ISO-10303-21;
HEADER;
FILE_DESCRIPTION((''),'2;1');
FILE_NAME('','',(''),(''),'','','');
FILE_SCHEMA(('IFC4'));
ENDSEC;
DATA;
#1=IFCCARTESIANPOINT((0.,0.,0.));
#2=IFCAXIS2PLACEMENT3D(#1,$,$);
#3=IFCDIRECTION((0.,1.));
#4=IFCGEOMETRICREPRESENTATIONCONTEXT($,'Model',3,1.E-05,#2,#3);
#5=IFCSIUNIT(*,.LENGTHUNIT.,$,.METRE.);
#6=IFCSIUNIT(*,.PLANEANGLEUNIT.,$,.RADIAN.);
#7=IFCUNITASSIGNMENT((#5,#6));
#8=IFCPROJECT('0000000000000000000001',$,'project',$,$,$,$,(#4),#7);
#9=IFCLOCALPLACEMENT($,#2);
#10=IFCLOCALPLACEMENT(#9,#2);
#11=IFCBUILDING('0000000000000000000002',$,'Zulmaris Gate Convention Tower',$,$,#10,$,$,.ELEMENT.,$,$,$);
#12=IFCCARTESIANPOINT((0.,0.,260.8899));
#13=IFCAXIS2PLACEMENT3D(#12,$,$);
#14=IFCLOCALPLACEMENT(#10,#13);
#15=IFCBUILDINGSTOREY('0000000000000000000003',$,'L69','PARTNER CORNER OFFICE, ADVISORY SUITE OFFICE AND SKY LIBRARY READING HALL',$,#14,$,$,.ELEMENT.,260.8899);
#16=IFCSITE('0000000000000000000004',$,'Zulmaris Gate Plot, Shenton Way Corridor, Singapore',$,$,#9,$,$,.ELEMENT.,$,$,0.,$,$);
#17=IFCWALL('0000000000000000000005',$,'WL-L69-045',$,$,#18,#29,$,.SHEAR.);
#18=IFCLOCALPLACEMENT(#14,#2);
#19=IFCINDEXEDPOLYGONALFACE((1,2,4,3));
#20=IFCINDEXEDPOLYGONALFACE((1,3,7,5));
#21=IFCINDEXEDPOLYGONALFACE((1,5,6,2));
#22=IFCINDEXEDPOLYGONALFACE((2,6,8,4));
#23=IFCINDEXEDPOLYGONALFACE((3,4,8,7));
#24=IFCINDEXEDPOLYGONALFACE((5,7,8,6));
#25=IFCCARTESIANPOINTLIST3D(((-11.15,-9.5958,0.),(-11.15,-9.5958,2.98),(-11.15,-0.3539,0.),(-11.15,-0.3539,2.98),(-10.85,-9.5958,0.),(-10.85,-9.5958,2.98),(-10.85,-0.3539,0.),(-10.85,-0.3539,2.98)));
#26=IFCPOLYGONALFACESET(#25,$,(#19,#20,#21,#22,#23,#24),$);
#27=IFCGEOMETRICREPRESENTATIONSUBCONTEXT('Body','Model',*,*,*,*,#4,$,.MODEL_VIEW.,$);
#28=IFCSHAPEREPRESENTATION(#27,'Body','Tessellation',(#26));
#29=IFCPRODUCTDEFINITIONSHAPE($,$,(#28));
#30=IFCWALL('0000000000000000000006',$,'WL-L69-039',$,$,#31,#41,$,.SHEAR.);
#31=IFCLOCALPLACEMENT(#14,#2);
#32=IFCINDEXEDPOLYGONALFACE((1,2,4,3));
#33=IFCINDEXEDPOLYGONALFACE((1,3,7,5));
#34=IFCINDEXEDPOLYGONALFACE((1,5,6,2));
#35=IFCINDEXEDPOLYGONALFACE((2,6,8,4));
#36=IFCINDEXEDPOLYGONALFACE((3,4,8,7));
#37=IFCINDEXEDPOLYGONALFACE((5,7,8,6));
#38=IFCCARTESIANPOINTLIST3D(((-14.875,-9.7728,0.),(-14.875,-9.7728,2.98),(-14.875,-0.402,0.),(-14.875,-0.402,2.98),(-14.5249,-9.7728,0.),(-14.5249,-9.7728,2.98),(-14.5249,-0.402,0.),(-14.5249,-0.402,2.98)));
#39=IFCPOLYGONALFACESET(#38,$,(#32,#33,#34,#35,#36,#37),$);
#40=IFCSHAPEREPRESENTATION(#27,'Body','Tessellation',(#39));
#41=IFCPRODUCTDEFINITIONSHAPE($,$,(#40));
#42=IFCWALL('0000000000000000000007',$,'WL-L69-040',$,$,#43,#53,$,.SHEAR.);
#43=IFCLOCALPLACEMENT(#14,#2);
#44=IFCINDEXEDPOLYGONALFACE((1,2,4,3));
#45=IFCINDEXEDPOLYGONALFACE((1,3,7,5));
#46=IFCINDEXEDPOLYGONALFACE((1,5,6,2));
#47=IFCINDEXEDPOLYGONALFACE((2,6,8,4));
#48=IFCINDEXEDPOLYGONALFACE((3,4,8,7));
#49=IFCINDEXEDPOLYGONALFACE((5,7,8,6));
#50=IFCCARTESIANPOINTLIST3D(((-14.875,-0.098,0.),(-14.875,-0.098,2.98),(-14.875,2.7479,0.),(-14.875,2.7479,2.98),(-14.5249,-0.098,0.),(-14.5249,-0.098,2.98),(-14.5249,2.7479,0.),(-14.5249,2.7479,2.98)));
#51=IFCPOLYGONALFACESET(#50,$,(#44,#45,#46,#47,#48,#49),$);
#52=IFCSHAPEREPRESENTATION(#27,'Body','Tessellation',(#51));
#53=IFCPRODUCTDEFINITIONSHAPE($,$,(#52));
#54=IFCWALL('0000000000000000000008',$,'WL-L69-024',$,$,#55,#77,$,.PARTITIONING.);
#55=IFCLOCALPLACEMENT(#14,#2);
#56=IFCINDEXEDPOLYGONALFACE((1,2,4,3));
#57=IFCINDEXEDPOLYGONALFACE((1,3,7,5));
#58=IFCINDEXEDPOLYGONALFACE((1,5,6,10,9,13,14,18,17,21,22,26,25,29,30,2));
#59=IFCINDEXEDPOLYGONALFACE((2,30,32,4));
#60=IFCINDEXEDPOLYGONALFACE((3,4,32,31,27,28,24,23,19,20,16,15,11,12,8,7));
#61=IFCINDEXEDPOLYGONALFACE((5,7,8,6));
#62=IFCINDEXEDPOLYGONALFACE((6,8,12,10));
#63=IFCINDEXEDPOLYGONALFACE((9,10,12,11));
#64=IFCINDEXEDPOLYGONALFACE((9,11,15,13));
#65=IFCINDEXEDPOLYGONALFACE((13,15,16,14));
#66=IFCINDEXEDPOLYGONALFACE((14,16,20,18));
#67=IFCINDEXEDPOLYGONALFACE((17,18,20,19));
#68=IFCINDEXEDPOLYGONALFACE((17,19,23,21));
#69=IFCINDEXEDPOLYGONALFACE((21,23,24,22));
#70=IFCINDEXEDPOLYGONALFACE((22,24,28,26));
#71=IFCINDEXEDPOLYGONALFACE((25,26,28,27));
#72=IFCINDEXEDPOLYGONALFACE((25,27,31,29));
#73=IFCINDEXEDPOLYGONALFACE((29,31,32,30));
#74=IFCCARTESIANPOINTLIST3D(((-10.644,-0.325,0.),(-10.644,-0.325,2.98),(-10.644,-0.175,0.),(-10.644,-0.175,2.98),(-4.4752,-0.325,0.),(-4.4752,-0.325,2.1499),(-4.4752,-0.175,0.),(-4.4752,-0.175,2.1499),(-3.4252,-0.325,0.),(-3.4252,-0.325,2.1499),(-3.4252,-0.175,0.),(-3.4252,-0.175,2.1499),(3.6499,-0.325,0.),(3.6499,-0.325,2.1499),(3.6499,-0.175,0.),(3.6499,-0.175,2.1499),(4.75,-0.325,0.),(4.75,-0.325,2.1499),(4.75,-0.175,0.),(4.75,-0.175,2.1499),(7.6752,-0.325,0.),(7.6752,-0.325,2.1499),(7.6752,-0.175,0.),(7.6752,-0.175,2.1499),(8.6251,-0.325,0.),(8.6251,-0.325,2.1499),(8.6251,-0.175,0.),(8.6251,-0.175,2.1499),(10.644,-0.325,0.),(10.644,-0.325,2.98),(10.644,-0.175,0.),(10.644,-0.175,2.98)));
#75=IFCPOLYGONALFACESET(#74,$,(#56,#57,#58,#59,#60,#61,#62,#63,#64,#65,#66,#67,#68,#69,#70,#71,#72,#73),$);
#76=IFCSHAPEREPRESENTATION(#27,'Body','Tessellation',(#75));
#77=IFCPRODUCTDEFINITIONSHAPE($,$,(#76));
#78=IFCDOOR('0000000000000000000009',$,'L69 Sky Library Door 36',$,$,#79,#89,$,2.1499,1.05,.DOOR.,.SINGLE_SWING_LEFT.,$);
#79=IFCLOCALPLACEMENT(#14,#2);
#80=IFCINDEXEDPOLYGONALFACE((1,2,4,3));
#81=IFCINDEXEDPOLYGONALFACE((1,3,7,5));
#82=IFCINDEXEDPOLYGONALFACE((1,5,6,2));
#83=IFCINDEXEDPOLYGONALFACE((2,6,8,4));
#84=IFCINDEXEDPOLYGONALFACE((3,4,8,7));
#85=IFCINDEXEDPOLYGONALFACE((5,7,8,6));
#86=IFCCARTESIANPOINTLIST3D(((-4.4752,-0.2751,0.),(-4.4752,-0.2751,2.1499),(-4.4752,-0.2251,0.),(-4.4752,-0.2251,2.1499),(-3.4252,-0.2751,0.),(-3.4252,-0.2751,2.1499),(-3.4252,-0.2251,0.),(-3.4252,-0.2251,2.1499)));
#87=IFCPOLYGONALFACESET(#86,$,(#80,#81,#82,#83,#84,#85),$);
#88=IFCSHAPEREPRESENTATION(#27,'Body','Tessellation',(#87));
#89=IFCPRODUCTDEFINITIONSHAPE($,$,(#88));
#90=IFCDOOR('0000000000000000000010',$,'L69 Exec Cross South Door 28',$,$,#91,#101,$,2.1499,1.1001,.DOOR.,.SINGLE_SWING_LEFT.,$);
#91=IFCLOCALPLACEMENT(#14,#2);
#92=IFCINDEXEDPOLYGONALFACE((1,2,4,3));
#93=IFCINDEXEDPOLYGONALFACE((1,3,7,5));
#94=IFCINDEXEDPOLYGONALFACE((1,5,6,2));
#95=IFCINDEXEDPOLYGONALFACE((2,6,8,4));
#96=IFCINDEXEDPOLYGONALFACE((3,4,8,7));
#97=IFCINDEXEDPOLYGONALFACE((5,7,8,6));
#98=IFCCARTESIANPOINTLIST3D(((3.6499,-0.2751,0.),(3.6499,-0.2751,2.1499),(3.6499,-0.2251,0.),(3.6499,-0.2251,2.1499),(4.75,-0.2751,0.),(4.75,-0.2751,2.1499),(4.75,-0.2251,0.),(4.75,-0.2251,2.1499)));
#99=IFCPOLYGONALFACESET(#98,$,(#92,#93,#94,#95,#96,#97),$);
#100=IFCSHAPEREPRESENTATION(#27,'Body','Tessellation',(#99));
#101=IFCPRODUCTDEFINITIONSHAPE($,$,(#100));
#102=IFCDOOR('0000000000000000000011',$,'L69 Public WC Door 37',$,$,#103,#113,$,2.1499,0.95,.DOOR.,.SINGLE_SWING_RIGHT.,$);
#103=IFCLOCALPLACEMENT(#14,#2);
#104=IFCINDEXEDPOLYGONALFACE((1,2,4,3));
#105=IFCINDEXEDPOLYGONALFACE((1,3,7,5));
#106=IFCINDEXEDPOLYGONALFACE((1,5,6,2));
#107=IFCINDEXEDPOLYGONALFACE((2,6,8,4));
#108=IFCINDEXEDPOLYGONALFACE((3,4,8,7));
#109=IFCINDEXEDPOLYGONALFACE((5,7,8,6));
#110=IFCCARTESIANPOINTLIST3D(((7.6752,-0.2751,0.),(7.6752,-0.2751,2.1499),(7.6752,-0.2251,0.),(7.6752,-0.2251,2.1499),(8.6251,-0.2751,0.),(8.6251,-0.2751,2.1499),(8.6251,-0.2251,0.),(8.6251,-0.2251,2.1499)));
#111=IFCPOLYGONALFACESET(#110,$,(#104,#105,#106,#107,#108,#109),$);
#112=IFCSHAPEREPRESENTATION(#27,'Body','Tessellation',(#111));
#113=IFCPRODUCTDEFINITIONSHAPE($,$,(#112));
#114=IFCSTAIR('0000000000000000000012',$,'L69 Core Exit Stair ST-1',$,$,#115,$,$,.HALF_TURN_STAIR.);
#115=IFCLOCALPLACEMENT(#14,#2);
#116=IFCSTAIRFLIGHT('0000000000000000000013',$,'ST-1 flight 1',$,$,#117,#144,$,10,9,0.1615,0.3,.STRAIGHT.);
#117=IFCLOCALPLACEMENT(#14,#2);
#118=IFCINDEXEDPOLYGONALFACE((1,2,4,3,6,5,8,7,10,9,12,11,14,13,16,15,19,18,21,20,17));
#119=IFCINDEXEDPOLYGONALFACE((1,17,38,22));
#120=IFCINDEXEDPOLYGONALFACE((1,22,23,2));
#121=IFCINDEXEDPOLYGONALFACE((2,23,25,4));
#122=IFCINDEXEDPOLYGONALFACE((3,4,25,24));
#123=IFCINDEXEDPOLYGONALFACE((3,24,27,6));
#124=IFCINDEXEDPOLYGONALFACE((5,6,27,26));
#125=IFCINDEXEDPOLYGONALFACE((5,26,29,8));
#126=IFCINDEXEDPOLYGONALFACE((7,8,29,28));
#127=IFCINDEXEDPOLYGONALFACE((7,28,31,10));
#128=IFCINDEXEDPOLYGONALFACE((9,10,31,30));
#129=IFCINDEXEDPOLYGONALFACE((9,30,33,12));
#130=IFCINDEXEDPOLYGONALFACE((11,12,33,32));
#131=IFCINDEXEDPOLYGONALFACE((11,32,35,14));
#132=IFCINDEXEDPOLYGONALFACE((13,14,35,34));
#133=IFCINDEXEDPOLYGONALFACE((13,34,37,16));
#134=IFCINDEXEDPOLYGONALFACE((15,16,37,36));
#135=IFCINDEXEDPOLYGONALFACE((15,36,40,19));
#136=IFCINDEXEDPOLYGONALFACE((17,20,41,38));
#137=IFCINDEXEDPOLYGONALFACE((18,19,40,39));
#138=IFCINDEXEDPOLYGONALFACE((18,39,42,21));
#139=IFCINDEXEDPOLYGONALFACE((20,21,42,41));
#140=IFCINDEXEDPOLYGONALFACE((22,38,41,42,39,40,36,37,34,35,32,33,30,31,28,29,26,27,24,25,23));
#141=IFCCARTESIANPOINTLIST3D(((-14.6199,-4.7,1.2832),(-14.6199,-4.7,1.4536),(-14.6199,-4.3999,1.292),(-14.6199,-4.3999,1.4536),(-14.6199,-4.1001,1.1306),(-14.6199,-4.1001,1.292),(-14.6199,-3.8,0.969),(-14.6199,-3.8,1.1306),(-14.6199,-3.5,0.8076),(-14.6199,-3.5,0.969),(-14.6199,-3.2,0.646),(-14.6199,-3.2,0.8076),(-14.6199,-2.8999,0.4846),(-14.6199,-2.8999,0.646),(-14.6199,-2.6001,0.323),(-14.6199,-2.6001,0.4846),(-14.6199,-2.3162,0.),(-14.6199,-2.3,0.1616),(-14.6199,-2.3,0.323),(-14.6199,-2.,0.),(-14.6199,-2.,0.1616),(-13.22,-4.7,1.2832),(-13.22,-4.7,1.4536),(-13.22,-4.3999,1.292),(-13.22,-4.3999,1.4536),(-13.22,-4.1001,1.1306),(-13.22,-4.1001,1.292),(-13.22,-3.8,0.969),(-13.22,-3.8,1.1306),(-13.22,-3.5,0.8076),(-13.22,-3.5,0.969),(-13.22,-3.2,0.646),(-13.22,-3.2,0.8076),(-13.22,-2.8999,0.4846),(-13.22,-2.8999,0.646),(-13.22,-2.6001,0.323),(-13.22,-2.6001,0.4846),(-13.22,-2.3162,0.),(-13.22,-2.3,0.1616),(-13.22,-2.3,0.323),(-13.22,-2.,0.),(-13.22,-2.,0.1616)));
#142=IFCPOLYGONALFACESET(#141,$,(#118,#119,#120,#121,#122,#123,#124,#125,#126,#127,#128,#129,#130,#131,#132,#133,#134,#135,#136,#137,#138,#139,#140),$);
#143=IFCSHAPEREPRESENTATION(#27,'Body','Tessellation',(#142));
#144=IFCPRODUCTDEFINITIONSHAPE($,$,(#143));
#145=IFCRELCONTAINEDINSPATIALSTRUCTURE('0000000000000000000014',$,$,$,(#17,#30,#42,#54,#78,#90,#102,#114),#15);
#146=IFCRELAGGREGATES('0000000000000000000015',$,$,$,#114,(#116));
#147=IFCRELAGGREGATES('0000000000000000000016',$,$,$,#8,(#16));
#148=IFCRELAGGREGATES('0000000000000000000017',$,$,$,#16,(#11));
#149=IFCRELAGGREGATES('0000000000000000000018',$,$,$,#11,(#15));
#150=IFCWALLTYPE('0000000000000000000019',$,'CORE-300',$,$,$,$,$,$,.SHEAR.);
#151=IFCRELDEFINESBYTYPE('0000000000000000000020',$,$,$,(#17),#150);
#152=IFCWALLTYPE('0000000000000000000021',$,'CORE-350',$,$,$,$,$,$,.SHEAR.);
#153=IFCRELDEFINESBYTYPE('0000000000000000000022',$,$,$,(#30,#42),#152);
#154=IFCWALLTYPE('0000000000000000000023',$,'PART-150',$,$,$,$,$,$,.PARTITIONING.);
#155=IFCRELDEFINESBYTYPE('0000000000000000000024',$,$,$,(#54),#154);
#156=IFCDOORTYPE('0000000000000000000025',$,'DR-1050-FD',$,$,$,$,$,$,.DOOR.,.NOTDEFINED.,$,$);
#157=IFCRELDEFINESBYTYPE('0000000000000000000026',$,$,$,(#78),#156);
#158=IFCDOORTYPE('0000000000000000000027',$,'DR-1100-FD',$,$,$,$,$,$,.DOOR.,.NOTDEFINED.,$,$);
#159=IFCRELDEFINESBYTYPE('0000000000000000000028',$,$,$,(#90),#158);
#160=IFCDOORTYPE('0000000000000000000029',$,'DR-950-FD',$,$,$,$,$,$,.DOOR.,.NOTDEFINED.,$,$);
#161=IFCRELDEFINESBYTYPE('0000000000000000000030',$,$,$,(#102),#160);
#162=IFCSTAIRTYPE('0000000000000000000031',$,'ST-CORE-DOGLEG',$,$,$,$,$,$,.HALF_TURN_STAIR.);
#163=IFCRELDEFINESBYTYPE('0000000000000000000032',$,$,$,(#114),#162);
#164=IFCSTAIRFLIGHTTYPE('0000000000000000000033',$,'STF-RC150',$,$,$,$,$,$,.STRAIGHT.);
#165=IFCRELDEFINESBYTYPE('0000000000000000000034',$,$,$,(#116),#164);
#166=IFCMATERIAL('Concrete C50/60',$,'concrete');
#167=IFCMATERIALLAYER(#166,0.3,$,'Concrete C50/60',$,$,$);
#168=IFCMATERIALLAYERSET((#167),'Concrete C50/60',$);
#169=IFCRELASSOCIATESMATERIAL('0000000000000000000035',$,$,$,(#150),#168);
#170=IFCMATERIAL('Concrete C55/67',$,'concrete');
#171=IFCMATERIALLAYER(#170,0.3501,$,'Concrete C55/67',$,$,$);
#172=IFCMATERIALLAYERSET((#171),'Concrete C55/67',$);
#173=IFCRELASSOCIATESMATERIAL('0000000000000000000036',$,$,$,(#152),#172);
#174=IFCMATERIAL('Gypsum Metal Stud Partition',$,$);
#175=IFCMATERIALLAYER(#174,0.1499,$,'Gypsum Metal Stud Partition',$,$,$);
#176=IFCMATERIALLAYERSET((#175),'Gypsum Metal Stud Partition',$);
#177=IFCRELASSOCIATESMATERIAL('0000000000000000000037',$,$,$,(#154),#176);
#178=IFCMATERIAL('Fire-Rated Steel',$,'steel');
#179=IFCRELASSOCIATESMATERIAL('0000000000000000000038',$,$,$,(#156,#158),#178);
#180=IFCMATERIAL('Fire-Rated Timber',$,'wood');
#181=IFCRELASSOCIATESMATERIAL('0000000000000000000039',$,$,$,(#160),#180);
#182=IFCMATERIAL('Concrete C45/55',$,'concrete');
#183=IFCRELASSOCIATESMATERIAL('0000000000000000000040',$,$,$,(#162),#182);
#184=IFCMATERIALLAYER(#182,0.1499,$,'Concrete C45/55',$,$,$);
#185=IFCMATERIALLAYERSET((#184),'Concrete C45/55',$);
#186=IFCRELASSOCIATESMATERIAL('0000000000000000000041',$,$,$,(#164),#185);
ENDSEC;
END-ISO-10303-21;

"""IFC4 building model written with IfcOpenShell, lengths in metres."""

from ifc_helpers import new_model, si_unit, direction, frame, frame_2d, origin, place, context, subcontext, project, spatial, polyline, rectangle, outline, extrude, material, layer, layer_set, type_object, element, fill, aggregate, save


model = new_model("IFC4")

# Units and contexts
model_context = context("Model", 3, precision=1e-05, world=origin(), true_north=direction((0.0, 1.0)))
body_context = subcontext(model_context, "Body", "Model", "MODEL_VIEW")
ifc_project = project(units=[si_unit("LENGTHUNIT", "METRE"), si_unit("PLANEANGLEUNIT", "RADIAN")], contexts=[model_context])

# Site, building, storey
site_placement = place(None, origin())
site = spatial("IfcSite", under=ifc_project, at=site_placement, Name="Zulmaris Gate Plot, Shenton Way Corridor, Singapore", CompositionType="ELEMENT", RefElevation=0.0)
building_placement = place(site_placement, origin())
building = spatial("IfcBuilding", under=site, at=building_placement, Name="Zulmaris Gate Convention Tower", CompositionType="ELEMENT")
storey_placement = place(building_placement, frame((0.0, 0.0, 260.8899)))
storey = spatial("IfcBuildingStorey", under=building, at=storey_placement, Name="L69", Description="PARTNER CORNER OFFICE, ADVISORY SUITE OFFICE AND SKY LIBRARY READING HALL", CompositionType="ELEMENT", Elevation=260.8899)

# Shared definitions
ifc_material_1 = material(Name="Concrete C50/60", Category="concrete")

# Walls
ifc_layer_1 = layer(ifc_material_1, 0.3, Name="Concrete C50/60")
ifc_layer_set_1 = layer_set([ifc_layer_1], Name="Concrete C50/60")
wall_type_1 = type_object("IfcWallType", Name="CORE-300", PredefinedType="SHEAR", material=ifc_layer_set_1)
wall_1_placement = place(storey_placement, frame((-11.0, -9.5959, 0.0), z_axis=(0.0, 0.0, 1.0), x_axis=(0.0, 1.0, 0.0)))
element("IfcWall", 1, at=wall_1_placement, inside=storey, type_object=wall_type_1, Name="WL-L69-045", PredefinedType="SHEAR", context=body_context, shape_type="SweptSolid", body=[
    extrude(rectangle(XDim=9.2419, YDim=0.3, at=frame_2d((4.6211, 0.0))), origin(), (0.0, 0.0, 1.0), 2.98),
])
ifc_material_2 = material(Name="Concrete C55/67", Category="concrete")
ifc_layer_2 = layer(ifc_material_2, 0.3501, Name="Concrete C55/67")
ifc_layer_set_2 = layer_set([ifc_layer_2], Name="Concrete C55/67")
wall_type_2 = type_object("IfcWallType", Name="CORE-350", PredefinedType="SHEAR", material=ifc_layer_set_2)
wall_2_placement = place(storey_placement, frame((-14.7, -9.7729, 0.0), z_axis=(0.0, 0.0, 1.0), x_axis=(0.0, 1.0, 0.0)))
element("IfcWall", 2, at=wall_2_placement, inside=storey, type_object=wall_type_2, Name="WL-L69-039", PredefinedType="SHEAR", context=body_context, shape_type="SweptSolid", body=[
    extrude(rectangle(XDim=9.3708, YDim=0.3501, at=frame_2d((4.6855, 0.0))), origin(), (0.0, 0.0, 1.0), 2.98),
])
wall_3_placement = place(storey_placement, frame((-14.7, -0.0979, 0.0), z_axis=(0.0, 0.0, 1.0), x_axis=(0.0, 1.0, 0.0)))
element("IfcWall", 3, at=wall_3_placement, inside=storey, type_object=wall_type_2, Name="WL-L69-040", PredefinedType="SHEAR", context=body_context, shape_type="SweptSolid", body=[
    extrude(rectangle(XDim=2.8459, YDim=0.3501, at=frame_2d((1.4229, 0.0))), origin(), (0.0, 0.0, 1.0), 2.98),
])

# Wall, openings, doors
ifc_material_3 = material(Name="Gypsum Metal Stud Partition")
ifc_layer_3 = layer(ifc_material_3, 0.1499, Name="Gypsum Metal Stud Partition")
ifc_layer_set_3 = layer_set([ifc_layer_3], Name="Gypsum Metal Stud Partition")
wall_type_3 = type_object("IfcWallType", Name="PART-150", PredefinedType="PARTITIONING", material=ifc_layer_set_3)
wall_4_placement = place(storey_placement, frame((-10.644, -0.25, 0.0), z_axis=(0.0, 0.0, 1.0), x_axis=(1.0, 0.0, 0.0)))
wall_4 = element("IfcWall", 4, at=wall_4_placement, inside=storey, type_object=wall_type_3, Name="WL-L69-024", PredefinedType="PARTITIONING", context=body_context, shape_type="SweptSolid", body=[
    extrude(rectangle(XDim=21.2881, YDim=0.1499, at=frame_2d((10.644, 0.0))), origin(), (0.0, 0.0, 1.0), 2.98),
])
opening_1_placement = place(wall_4_placement, frame((14.2939, 0.0, 0.0)))
opening_1 = element("IfcOpeningElement", 5, at=opening_1_placement, cuts=wall_4, PredefinedType="OPENING", context=body_context, shape_type="SweptSolid", body=[
    extrude(rectangle(XDim=1.1001, YDim=2.1499, at=frame_2d((0.55, 1.075))), frame((0.0, 0.085, 0.0), z_axis=(0.0, -1.0, 0.0), x_axis=(1.0, 0.0, 0.0)), (0.0, 0.0, 1.0), 0.1699),
])
opening_2_placement = place(wall_4_placement, frame((6.1689, 0.0, 0.0)))
opening_2 = element("IfcOpeningElement", 6, at=opening_2_placement, cuts=wall_4, PredefinedType="OPENING", context=body_context, shape_type="SweptSolid", body=[
    extrude(rectangle(XDim=1.05, YDim=2.1499, at=frame_2d((0.5249, 1.075))), frame((0.0, 0.085, 0.0), z_axis=(0.0, -1.0, 0.0), x_axis=(1.0, 0.0, 0.0)), (0.0, 0.0, 1.0), 0.1699),
])
opening_3_placement = place(wall_4_placement, frame((18.3191, 0.0, 0.0)))
opening_3 = element("IfcOpeningElement", 7, at=opening_3_placement, cuts=wall_4, PredefinedType="OPENING", context=body_context, shape_type="SweptSolid", body=[
    extrude(rectangle(XDim=0.95, YDim=2.1499, at=frame_2d((0.4751, 1.075))), frame((0.0, 0.085, 0.0), z_axis=(0.0, -1.0, 0.0), x_axis=(1.0, 0.0, 0.0)), (0.0, 0.0, 1.0), 0.1699),
])
ifc_material_4 = material(Name="Fire-Rated Steel", Category="steel")
door_type_1 = type_object("IfcDoorType", Name="DR-1050-FD", OperationType="NOTDEFINED", PredefinedType="DOOR", material=ifc_material_4)
door_1_placement = place(opening_2_placement, origin())
door_1 = element("IfcDoor", 8, at=door_1_placement, inside=storey, type_object=door_type_1, Name="L69 Sky Library Door 36", OperationType="SINGLE_SWING_LEFT", OverallHeight=2.1499, OverallWidth=1.05, PredefinedType="DOOR", context=body_context, shape_type="SweptSolid", body=[
    extrude(rectangle(XDim=1.05, YDim=2.1499, at=frame_2d((0.5249, 1.075))), frame((0.0, 0.0249, 0.0), z_axis=(0.0, -1.0, 0.0), x_axis=(1.0, 0.0, 0.0)), (0.0, 0.0, 1.0), 0.05),
])
fill(opening_2, door_1)
door_type_2 = type_object("IfcDoorType", Name="DR-1100-FD", OperationType="NOTDEFINED", PredefinedType="DOOR", material=ifc_material_4)
door_2_placement = place(opening_1_placement, origin())
door_2 = element("IfcDoor", 9, at=door_2_placement, inside=storey, type_object=door_type_2, Name="L69 Exec Cross South Door 28", OperationType="SINGLE_SWING_LEFT", OverallHeight=2.1499, OverallWidth=1.1001, PredefinedType="DOOR", context=body_context, shape_type="SweptSolid", body=[
    extrude(rectangle(XDim=1.1001, YDim=2.1499, at=frame_2d((0.55, 1.075))), frame((0.0, 0.0249, 0.0), z_axis=(0.0, -1.0, 0.0), x_axis=(1.0, 0.0, 0.0)), (0.0, 0.0, 1.0), 0.05),
])
fill(opening_1, door_2)
ifc_material_5 = material(Name="Fire-Rated Timber", Category="wood")
door_type_3 = type_object("IfcDoorType", Name="DR-950-FD", OperationType="NOTDEFINED", PredefinedType="DOOR", material=ifc_material_5)
door_3_placement = place(opening_3_placement, origin())
door_3 = element("IfcDoor", 10, at=door_3_placement, inside=storey, type_object=door_type_3, Name="L69 Public WC Door 37", OperationType="SINGLE_SWING_RIGHT", OverallHeight=2.1499, OverallWidth=0.95, PredefinedType="DOOR", context=body_context, shape_type="SweptSolid", body=[
    extrude(rectangle(XDim=0.95, YDim=2.1499, at=frame_2d((0.4751, 1.075))), frame((0.0, 0.0249, 0.0), z_axis=(0.0, -1.0, 0.0), x_axis=(1.0, 0.0, 0.0)), (0.0, 0.0, 1.0), 0.05),
])
fill(opening_3, door_3)

# Stair, stair flight
ifc_material_6 = material(Name="Concrete C45/55", Category="concrete")
stair_type = type_object("IfcStairType", Name="ST-CORE-DOGLEG", PredefinedType="HALF_TURN_STAIR", material=ifc_material_6)
stair_1_placement = place(storey_placement, origin())
stair_1 = element("IfcStair", 11, at=stair_1_placement, inside=storey, type_object=stair_type, Name="L69 Core Exit Stair ST-1", PredefinedType="HALF_TURN_STAIR")
ifc_layer_4 = layer(ifc_material_6, 0.1499, Name="Concrete C45/55")
ifc_layer_set_4 = layer_set([ifc_layer_4], Name="Concrete C45/55")
stair_flight_type = type_object("IfcStairFlightType", Name="STF-RC150", PredefinedType="STRAIGHT", material=ifc_layer_set_4)
stair_flight_1_placement = place(storey_placement, frame((-13.9199, -2.0, 0.0), z_axis=(0.0, 0.0, 1.0), x_axis=(0.0, -1.0, 0.0)))
stair_flight_1 = element("IfcStairFlight", 12, at=stair_flight_1_placement, type_object=stair_flight_type, Name="ST-1 flight 1", NumberOfRisers=10, NumberOfTreads=9, PredefinedType="STRAIGHT", RiserHeight=0.1615, TreadLength=0.3, context=body_context, shape_type="SweptSolid", body=[
    extrude(outline(polyline([(0.0, 0.0), (0.0, 0.1616), (0.3, 0.1616), (0.3, 0.323), (0.6001, 0.323), (0.6001, 0.4846), (0.8999, 0.4846), (0.8999, 0.646), (1.2, 0.646), (1.2, 0.8076), (1.5, 0.8076), (1.5, 0.969), (1.8, 0.969), (1.8, 1.1306), (2.1001, 1.1306), (2.1001, 1.292), (2.3999, 1.292), (2.3999, 1.4536), (2.7, 1.4536), (2.7, 1.615), (2.7, 1.2832), (0.3162, 0.0), (0.0, 0.0)])), frame((0.0, 0.7, 0.0), z_axis=(0.0, -1.0, 0.0), x_axis=(1.0, 0.0, 0.0)), (0.0, 0.0, 1.0), 1.3999),
])
aggregate(stair_1, [stair_flight_1])

save(model, "model.ifc")
